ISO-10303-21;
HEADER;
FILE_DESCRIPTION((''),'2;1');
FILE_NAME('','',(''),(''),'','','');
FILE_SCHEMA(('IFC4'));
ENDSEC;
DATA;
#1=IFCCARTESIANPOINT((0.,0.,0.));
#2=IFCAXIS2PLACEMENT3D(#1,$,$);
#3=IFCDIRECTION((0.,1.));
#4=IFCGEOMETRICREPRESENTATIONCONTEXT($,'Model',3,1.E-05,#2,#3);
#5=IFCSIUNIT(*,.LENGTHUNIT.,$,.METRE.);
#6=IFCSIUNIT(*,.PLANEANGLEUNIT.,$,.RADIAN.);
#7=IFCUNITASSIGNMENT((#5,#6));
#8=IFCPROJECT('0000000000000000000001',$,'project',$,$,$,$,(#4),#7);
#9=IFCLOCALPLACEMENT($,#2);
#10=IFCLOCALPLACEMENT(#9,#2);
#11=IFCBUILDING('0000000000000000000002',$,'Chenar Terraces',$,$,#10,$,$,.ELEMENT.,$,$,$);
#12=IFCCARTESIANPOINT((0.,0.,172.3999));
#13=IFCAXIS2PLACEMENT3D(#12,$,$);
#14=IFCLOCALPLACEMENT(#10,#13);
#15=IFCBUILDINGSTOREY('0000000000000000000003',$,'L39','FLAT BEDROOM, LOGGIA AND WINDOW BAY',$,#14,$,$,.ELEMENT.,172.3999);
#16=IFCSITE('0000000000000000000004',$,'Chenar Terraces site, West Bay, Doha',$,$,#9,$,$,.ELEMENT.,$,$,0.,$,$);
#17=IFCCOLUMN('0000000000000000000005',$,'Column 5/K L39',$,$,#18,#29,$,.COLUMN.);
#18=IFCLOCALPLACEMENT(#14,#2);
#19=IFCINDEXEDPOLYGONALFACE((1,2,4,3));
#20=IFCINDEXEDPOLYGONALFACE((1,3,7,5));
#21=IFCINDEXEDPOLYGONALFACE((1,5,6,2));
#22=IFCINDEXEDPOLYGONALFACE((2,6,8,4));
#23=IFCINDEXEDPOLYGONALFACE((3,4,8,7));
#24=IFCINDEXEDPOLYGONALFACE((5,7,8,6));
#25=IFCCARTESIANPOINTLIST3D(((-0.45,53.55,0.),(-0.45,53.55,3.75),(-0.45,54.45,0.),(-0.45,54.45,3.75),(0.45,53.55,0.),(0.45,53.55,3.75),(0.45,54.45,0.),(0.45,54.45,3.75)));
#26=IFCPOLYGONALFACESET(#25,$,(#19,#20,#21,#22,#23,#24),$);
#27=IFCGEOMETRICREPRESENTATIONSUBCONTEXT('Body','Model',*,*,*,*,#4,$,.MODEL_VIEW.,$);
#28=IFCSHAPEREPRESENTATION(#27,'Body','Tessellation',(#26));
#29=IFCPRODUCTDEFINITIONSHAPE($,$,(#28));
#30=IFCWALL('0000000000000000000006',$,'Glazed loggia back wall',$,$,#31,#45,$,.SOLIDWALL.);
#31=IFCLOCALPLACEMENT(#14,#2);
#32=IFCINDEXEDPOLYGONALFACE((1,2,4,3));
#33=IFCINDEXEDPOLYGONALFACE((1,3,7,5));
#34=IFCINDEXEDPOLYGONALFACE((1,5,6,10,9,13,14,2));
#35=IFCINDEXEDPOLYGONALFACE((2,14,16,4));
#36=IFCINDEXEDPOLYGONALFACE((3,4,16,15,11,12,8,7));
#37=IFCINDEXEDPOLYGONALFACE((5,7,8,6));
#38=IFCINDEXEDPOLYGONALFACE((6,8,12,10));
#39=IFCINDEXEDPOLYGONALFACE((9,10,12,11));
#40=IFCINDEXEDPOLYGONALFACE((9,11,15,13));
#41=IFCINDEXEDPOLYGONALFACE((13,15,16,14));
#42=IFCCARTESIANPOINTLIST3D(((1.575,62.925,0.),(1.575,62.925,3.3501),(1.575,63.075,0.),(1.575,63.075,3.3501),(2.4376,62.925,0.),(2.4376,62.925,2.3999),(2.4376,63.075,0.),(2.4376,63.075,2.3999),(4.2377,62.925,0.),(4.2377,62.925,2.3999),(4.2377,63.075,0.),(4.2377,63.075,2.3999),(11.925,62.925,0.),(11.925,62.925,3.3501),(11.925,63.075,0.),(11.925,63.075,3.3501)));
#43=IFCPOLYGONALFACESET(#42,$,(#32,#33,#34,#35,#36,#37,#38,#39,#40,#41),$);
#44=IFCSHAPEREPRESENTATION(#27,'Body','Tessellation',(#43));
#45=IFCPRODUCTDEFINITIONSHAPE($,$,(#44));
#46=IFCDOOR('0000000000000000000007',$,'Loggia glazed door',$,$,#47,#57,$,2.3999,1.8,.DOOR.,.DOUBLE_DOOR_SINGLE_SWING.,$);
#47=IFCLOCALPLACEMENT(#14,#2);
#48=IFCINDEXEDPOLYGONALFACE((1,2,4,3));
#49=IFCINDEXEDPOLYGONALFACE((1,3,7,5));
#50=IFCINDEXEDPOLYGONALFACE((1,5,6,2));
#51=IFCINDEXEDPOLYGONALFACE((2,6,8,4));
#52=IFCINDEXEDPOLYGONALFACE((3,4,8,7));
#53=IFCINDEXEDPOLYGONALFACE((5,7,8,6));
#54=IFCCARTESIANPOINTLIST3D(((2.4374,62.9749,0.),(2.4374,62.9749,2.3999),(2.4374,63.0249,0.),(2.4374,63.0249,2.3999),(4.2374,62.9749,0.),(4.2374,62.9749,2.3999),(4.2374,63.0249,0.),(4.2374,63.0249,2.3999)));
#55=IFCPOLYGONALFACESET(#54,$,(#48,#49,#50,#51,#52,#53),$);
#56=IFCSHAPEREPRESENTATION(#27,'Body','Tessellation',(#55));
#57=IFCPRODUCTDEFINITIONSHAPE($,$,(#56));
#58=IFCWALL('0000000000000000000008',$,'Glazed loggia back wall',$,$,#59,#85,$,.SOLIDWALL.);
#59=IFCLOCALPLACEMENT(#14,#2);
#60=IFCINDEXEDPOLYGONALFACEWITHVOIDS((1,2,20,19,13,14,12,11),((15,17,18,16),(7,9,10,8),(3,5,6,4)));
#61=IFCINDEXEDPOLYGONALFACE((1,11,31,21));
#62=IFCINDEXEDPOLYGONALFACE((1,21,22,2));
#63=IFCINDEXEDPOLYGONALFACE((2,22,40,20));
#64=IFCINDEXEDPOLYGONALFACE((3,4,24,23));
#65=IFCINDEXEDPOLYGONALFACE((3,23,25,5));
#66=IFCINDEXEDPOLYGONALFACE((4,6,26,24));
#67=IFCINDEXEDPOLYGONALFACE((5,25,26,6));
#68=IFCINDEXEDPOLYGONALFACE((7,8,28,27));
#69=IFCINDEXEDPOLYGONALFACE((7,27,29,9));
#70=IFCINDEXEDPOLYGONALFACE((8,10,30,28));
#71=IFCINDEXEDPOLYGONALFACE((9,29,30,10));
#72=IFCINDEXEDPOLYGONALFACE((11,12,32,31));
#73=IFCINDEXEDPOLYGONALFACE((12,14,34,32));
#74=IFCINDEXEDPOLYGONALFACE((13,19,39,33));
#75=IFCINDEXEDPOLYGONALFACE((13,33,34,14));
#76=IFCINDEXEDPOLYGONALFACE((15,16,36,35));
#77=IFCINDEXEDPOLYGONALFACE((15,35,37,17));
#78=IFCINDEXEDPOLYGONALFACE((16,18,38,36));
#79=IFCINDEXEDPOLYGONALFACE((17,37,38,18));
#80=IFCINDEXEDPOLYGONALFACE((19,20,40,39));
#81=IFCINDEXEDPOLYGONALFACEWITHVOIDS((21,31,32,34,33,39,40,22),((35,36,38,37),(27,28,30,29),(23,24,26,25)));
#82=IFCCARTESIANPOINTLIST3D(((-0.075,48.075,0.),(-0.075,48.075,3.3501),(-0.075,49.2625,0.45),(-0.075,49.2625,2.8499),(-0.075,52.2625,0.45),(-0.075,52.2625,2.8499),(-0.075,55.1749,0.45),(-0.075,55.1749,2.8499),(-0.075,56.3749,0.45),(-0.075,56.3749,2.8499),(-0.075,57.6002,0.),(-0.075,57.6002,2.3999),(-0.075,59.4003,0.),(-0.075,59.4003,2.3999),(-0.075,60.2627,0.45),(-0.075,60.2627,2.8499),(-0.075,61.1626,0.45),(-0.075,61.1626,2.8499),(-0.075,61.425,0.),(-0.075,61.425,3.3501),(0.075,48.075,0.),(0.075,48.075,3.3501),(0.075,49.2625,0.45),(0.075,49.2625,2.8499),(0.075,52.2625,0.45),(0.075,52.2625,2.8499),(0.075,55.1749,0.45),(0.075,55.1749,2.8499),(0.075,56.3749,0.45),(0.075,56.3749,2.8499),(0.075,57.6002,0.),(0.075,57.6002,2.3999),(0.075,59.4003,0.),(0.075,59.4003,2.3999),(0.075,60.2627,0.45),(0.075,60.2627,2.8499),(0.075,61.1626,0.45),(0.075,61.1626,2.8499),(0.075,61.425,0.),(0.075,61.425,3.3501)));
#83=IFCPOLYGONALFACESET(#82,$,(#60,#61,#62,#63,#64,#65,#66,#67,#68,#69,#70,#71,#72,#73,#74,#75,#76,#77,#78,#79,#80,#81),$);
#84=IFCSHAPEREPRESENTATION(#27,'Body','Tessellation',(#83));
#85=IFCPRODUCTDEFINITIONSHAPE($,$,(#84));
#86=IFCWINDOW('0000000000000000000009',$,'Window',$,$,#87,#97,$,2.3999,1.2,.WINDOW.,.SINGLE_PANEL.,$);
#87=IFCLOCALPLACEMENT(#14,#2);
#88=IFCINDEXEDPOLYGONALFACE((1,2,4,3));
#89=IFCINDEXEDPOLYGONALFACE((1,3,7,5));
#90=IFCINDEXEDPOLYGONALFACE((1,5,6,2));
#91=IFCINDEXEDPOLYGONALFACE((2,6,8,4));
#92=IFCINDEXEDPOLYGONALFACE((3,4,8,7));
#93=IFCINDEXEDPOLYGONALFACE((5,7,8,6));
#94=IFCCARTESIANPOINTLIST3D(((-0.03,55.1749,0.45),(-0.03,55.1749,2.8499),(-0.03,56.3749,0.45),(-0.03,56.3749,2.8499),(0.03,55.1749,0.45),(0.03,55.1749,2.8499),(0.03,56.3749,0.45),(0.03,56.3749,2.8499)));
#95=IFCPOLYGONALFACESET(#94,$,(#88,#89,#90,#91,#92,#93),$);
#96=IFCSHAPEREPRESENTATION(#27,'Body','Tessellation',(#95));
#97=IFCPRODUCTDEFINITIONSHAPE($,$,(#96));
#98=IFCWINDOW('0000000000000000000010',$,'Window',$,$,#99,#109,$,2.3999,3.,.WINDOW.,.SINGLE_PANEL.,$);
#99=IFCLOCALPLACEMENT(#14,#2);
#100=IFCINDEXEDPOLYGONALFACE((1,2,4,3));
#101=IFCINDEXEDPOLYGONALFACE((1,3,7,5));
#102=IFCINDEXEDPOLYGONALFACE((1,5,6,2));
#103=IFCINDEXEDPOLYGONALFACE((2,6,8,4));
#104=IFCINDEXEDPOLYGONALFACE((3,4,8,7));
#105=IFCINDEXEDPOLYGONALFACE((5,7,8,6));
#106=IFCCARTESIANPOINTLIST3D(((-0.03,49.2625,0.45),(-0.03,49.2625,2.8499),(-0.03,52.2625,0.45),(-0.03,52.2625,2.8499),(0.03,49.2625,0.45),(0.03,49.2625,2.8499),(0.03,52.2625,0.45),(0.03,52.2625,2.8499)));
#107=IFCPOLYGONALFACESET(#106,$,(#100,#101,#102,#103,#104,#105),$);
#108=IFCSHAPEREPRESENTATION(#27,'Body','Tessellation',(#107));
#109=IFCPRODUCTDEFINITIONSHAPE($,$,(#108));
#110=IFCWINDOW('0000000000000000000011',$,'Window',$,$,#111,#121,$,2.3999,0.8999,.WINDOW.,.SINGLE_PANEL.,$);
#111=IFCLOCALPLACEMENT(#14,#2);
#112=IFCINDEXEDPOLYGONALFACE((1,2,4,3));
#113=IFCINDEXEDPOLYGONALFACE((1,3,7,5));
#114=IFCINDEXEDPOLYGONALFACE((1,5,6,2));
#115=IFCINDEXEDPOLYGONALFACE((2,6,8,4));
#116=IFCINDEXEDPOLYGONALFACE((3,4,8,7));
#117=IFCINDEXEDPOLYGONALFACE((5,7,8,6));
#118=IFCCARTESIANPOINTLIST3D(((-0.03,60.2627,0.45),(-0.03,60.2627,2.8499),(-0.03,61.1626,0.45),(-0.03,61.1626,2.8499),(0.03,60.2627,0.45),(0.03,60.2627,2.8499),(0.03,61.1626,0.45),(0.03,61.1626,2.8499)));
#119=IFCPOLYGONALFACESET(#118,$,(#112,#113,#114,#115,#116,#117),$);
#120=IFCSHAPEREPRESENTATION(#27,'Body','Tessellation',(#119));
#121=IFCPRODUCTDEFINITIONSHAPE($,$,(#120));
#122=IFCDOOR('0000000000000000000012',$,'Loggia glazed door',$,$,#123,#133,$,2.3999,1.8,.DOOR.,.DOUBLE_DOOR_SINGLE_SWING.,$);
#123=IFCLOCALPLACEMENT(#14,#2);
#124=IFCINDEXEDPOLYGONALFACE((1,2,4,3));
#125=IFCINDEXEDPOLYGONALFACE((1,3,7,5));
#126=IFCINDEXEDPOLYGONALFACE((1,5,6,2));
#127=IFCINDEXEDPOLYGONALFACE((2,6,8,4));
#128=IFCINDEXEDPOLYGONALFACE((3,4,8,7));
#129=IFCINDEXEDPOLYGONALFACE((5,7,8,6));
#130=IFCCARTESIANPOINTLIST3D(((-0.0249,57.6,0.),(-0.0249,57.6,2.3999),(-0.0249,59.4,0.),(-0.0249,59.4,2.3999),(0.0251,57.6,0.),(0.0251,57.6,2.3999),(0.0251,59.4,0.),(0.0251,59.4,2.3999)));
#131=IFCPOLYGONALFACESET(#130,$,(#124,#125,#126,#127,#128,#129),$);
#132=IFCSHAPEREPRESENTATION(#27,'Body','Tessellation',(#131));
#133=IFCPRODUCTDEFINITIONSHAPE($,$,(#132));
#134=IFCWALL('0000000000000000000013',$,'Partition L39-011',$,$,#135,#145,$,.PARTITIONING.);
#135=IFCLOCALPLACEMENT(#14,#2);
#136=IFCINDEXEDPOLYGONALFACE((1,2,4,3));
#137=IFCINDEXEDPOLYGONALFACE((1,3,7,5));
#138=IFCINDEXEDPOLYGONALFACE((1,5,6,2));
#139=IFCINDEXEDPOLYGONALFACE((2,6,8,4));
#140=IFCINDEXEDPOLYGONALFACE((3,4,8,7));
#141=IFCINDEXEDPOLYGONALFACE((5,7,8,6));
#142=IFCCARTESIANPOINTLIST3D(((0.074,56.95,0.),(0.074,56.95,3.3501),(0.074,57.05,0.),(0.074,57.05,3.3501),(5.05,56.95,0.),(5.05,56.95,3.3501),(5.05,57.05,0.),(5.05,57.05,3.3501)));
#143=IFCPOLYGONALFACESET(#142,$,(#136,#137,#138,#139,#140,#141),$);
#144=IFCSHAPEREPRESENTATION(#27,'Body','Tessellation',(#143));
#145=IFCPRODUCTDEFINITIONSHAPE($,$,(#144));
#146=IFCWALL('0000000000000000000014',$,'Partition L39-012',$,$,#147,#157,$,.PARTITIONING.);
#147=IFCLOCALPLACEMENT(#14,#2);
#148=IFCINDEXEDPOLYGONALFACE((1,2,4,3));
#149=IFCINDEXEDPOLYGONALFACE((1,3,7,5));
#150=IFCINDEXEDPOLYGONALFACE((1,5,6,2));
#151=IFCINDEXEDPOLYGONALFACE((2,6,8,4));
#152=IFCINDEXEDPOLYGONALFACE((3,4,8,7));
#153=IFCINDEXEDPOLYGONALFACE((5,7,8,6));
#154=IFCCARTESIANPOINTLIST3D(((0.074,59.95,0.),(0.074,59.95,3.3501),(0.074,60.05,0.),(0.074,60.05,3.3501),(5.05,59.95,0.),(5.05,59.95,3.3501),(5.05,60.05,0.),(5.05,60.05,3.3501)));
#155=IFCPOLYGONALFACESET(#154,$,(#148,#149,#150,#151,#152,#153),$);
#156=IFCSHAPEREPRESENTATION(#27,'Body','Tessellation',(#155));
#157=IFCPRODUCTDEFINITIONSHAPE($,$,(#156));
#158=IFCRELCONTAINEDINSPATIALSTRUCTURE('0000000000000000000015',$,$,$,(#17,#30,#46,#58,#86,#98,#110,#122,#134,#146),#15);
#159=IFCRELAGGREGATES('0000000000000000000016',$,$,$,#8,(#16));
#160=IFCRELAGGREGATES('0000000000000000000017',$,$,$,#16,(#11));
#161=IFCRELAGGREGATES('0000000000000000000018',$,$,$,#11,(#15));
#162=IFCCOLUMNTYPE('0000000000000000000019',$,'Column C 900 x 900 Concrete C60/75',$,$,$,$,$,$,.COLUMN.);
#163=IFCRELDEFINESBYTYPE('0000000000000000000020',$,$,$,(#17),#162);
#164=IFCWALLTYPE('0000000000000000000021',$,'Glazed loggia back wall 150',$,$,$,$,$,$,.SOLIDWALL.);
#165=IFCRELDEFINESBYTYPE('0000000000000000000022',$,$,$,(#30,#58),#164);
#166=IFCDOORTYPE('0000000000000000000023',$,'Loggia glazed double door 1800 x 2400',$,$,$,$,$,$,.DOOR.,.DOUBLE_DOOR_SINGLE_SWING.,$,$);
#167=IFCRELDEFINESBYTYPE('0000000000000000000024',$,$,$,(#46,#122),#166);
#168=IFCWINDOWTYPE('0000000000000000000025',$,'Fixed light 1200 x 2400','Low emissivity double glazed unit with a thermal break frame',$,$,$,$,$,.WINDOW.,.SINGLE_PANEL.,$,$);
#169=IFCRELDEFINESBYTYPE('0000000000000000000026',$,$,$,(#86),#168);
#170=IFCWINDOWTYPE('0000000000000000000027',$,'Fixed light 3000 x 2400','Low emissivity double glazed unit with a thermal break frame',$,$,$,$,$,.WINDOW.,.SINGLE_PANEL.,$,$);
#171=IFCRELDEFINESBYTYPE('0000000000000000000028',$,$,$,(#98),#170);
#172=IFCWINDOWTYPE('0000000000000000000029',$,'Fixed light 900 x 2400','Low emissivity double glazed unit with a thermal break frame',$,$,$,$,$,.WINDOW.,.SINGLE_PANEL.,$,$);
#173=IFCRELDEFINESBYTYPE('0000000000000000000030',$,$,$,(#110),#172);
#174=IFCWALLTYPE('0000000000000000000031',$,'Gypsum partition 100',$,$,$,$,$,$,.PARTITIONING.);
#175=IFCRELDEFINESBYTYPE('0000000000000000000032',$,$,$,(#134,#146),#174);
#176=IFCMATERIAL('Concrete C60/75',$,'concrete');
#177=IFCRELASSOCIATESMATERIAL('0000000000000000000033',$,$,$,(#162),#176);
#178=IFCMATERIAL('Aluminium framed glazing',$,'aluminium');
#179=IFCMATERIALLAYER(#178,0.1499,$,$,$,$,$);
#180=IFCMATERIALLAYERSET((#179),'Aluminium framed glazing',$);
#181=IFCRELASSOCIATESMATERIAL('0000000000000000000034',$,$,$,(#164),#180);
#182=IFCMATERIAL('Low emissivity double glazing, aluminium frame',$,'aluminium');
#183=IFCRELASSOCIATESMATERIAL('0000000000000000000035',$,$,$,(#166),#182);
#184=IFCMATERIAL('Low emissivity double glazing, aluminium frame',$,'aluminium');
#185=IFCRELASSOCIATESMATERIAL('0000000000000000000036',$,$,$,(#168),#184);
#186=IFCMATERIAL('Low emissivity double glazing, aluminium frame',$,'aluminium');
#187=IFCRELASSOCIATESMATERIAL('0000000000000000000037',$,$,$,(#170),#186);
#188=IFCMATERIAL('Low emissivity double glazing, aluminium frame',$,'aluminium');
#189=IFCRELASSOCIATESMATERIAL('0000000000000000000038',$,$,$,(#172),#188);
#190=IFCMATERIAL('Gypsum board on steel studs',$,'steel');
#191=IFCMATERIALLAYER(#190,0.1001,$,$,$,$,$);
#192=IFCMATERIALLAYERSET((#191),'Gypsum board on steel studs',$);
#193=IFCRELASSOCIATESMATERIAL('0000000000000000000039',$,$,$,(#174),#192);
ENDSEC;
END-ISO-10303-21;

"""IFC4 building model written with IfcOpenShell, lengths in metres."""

from ifc_helpers import new_model, si_unit, direction, frame, frame_2d, origin, origin_2d, place, context, subcontext, project, spatial, rectangle, extrude, material, layer, layer_set, material_profile, profile_set, type_object, element, fill, save


model = new_model("IFC4")

# Units and contexts
model_context = context("Model", 3, precision=1e-05, world=origin(), true_north=direction((0.0, 1.0)))
body_context = subcontext(model_context, "Body", "Model", "MODEL_VIEW")
ifc_project = project(units=[si_unit("LENGTHUNIT", "METRE"), si_unit("PLANEANGLEUNIT", "RADIAN")], contexts=[model_context])

# Site, building, storey
site_placement = place(None, origin())
site = spatial("IfcSite", under=ifc_project, at=site_placement, Name="Chenar Terraces site, West Bay, Doha", CompositionType="ELEMENT", RefElevation=0.0)
building_placement = place(site_placement, origin())
building = spatial("IfcBuilding", under=site, at=building_placement, Name="Chenar Terraces", CompositionType="ELEMENT")
storey_placement = place(building_placement, frame((0.0, 0.0, 172.3999)))
storey = spatial("IfcBuildingStorey", under=building, at=storey_placement, Name="L39", Description="FLAT BEDROOM, LOGGIA AND WINDOW BAY", CompositionType="ELEMENT", Elevation=172.3999)

# Column
ifc_material_1 = material(Name="Concrete C60/75", Category="concrete")
ifc_material_profile_1 = material_profile(ifc_material_1, rectangle(XDim=0.8999, YDim=0.8999, at=origin_2d()), Name="C 900 x 900")
ifc_profile_set_1 = profile_set([ifc_material_profile_1], Name="Concrete C60/75")
column_type = type_object("IfcColumnType", Name="Column C 900 x 900 Concrete C60/75", PredefinedType="COLUMN", material=ifc_profile_set_1)
column_placement = place(storey_placement, frame((0.0, 54.0, 0.0), z_axis=(0.0, 0.0, 1.0), x_axis=(1.0, 0.0, 0.0)))
element("IfcColumn", 1, at=column_placement, inside=storey, type_object=column_type, Name="Column 5/K L39", PredefinedType="COLUMN", context=body_context, shape_type="SweptSolid", body=[
    extrude(rectangle(XDim=0.8999, YDim=0.8999, at=origin_2d()), origin(), (0.0, 0.0, 1.0), 3.75),
])

# Wall, opening, door
ifc_material_2 = material(Name="Aluminium framed glazing", Category="aluminium")
ifc_layer_1 = layer(ifc_material_2, 0.1499)
ifc_layer_set_1 = layer_set([ifc_layer_1], Name="Aluminium framed glazing")
wall_type_1 = type_object("IfcWallType", Name="Glazed loggia back wall 150", PredefinedType="SOLIDWALL", material=ifc_layer_set_1)
wall_1_placement = place(storey_placement, frame((11.925, 63.0, 0.0), z_axis=(0.0, 0.0, 1.0), x_axis=(-1.0, 0.0, 0.0)))
wall_1 = element("IfcWall", 2, at=wall_1_placement, inside=storey, type_object=wall_type_1, Name="Glazed loggia back wall", PredefinedType="SOLIDWALL", context=body_context, shape_type="SweptSolid", body=[
    extrude(rectangle(XDim=10.3501, YDim=0.1499, at=frame_2d((5.175, 0.0))), origin(), (0.0, 0.0, 1.0), 3.3501),
])
opening_1_placement = place(wall_1_placement, frame((7.6875, 0.0, 0.0)))
opening_1 = element("IfcOpeningElement", 3, at=opening_1_placement, cuts=wall_1, PredefinedType="OPENING", context=body_context, shape_type="SweptSolid", body=[
    extrude(rectangle(XDim=1.8, YDim=2.3999, at=frame_2d((0.8999, 1.2))), frame((0.0, 0.085, 0.0), z_axis=(0.0, -1.0, 0.0), x_axis=(1.0, 0.0, 0.0)), (0.0, 0.0, 1.0), 0.1699),
])
ifc_material_3 = material(Name="Low emissivity double glazing, aluminium frame", Category="aluminium")
door_type_1 = type_object("IfcDoorType", Name="Loggia glazed double door 1800 x 2400", OperationType="DOUBLE_DOOR_SINGLE_SWING", PredefinedType="DOOR", material=ifc_material_3)
door_1_placement = place(opening_1_placement, frame((1.8, 0.0, 0.0), z_axis=(0.0, 0.0, 1.0), x_axis=(-1.0, 0.0, 0.0)))
door_1 = element("IfcDoor", 4, at=door_1_placement, inside=storey, type_object=door_type_1, Name="Loggia glazed door", OperationType="DOUBLE_DOOR_SINGLE_SWING", OverallHeight=2.3999, OverallWidth=1.8, PredefinedType="DOOR", context=body_context, shape_type="SweptSolid", body=[
    extrude(rectangle(XDim=1.8, YDim=2.3999, at=frame_2d((0.8999, 1.2))), frame((0.0, 0.0249, 0.0), z_axis=(0.0, -1.0, 0.0), x_axis=(1.0, 0.0, 0.0)), (0.0, 0.0, 1.0), 0.05),
])
fill(opening_1, door_1)

# Wall, openings, windows, door
wall_2_placement = place(storey_placement, frame((0.0, 61.425, 0.0), z_axis=(0.0, 0.0, 1.0), x_axis=(0.0, -1.0, 0.0)))
wall_2 = element("IfcWall", 5, at=wall_2_placement, inside=storey, type_object=wall_type_1, Name="Glazed loggia back wall", PredefinedType="SOLIDWALL", context=body_context, shape_type="SweptSolid", body=[
    extrude(rectangle(XDim=13.3501, YDim=0.1499, at=frame_2d((6.675, 0.0))), origin(), (0.0, 0.0, 1.0), 3.3501),
])
opening_2_placement = place(wall_2_placement, frame((0.2625, 0.0, 0.45)))
opening_2 = element("IfcOpeningElement", 6, at=opening_2_placement, cuts=wall_2, PredefinedType="OPENING", context=body_context, shape_type="SweptSolid", body=[
    extrude(rectangle(XDim=0.8999, YDim=2.3999, at=frame_2d((0.45, 1.2))), frame((0.0, 0.085, 0.0), z_axis=(0.0, -1.0, 0.0), x_axis=(1.0, 0.0, 0.0)), (0.0, 0.0, 1.0), 0.1699),
])
opening_3_placement = place(wall_2_placement, frame((2.0249, 0.0, 0.0)))
opening_3 = element("IfcOpeningElement", 7, at=opening_3_placement, cuts=wall_2, PredefinedType="OPENING", context=body_context, shape_type="SweptSolid", body=[
    extrude(rectangle(XDim=1.8, YDim=2.3999, at=frame_2d((0.8999, 1.2))), frame((0.0, 0.085, 0.0), z_axis=(0.0, -1.0, 0.0), x_axis=(1.0, 0.0, 0.0)), (0.0, 0.0, 1.0), 0.1699),
])
opening_4_placement = place(wall_2_placement, frame((5.05, 0.0, 0.45)))
opening_4 = element("IfcOpeningElement", 8, at=opening_4_placement, cuts=wall_2, PredefinedType="OPENING", context=body_context, shape_type="SweptSolid", body=[
    extrude(rectangle(XDim=1.2, YDim=2.3999, at=frame_2d((0.6001, 1.2))), frame((0.0, 0.085, 0.0), z_axis=(0.0, -1.0, 0.0), x_axis=(1.0, 0.0, 0.0)), (0.0, 0.0, 1.0), 0.1699),
])
opening_5_placement = place(wall_2_placement, frame((9.1626, 0.0, 0.45)))
opening_5 = element("IfcOpeningElement", 9, at=opening_5_placement, cuts=wall_2, PredefinedType="OPENING", context=body_context, shape_type="SweptSolid", body=[
    extrude(rectangle(XDim=3.0, YDim=2.3999, at=frame_2d((1.5, 1.2))), frame((0.0, 0.085, 0.0), z_axis=(0.0, -1.0, 0.0), x_axis=(1.0, 0.0, 0.0)), (0.0, 0.0, 1.0), 0.1699),
])
ifc_material_4 = material(Name="Low emissivity double glazing, aluminium frame", Category="aluminium")
window_type_1 = type_object("IfcWindowType", Name="Fixed light 1200 x 2400", Description="Low emissivity double glazed unit with a thermal break frame", PartitioningType="SINGLE_PANEL", PredefinedType="WINDOW", material=ifc_material_4)
window_1_placement = place(opening_4_placement, origin())
window_1 = element("IfcWindow", 10, at=window_1_placement, inside=storey, type_object=window_type_1, Name="Window", OverallHeight=2.3999, OverallWidth=1.2, PartitioningType="SINGLE_PANEL", PredefinedType="WINDOW", context=body_context, shape_type="SweptSolid", body=[
    extrude(rectangle(XDim=1.2, YDim=2.3999, at=frame_2d((0.6001, 1.2))), frame((0.0, 0.03, 0.0), z_axis=(0.0, -1.0, 0.0), x_axis=(1.0, 0.0, 0.0)), (0.0, 0.0, 1.0), 0.0601),
])
fill(opening_4, window_1)
ifc_material_5 = material(Name="Low emissivity double glazing, aluminium frame", Category="aluminium")
window_type_2 = type_object("IfcWindowType", Name="Fixed light 3000 x 2400", Description="Low emissivity double glazed unit with a thermal break frame", PartitioningType="SINGLE_PANEL", PredefinedType="WINDOW", material=ifc_material_5)
window_2_placement = place(opening_5_placement, origin())
window_2 = element("IfcWindow", 11, at=window_2_placement, inside=storey, type_object=window_type_2, Name="Window", OverallHeight=2.3999, OverallWidth=3.0, PartitioningType="SINGLE_PANEL", PredefinedType="WINDOW", context=body_context, shape_type="SweptSolid", body=[
    extrude(rectangle(XDim=3.0, YDim=2.3999, at=frame_2d((1.5, 1.2))), frame((0.0, 0.03, 0.0), z_axis=(0.0, -1.0, 0.0), x_axis=(1.0, 0.0, 0.0)), (0.0, 0.0, 1.0), 0.0601),
])
fill(opening_5, window_2)
ifc_material_6 = material(Name="Low emissivity double glazing, aluminium frame", Category="aluminium")
window_type_3 = type_object("IfcWindowType", Name="Fixed light 900 x 2400", Description="Low emissivity double glazed unit with a thermal break frame", PartitioningType="SINGLE_PANEL", PredefinedType="WINDOW", material=ifc_material_6)
window_3_placement = place(opening_2_placement, origin())
window_3 = element("IfcWindow", 12, at=window_3_placement, inside=storey, type_object=window_type_3, Name="Window", OverallHeight=2.3999, OverallWidth=0.8999, PartitioningType="SINGLE_PANEL", PredefinedType="WINDOW", context=body_context, shape_type="SweptSolid", body=[
    extrude(rectangle(XDim=0.8999, YDim=2.3999, at=frame_2d((0.45, 1.2))), frame((0.0, 0.03, 0.0), z_axis=(0.0, -1.0, 0.0), x_axis=(1.0, 0.0, 0.0)), (0.0, 0.0, 1.0), 0.0601),
])
fill(opening_2, window_3)
door_2_placement = place(opening_3_placement, frame((1.8, 0.0, 0.0), z_axis=(0.0, 0.0, 1.0), x_axis=(-1.0, 0.0, 0.0)))
door_2 = element("IfcDoor", 13, at=door_2_placement, inside=storey, type_object=door_type_1, Name="Loggia glazed door", OperationType="DOUBLE_DOOR_SINGLE_SWING", OverallHeight=2.3999, OverallWidth=1.8, PredefinedType="DOOR", context=body_context, shape_type="SweptSolid", body=[
    extrude(rectangle(XDim=1.8, YDim=2.3999, at=frame_2d((0.8999, 1.2))), frame((0.0, 0.0249, 0.0), z_axis=(0.0, -1.0, 0.0), x_axis=(1.0, 0.0, 0.0)), (0.0, 0.0, 1.0), 0.05),
])
fill(opening_3, door_2)

# Walls
ifc_material_7 = material(Name="Gypsum board on steel studs", Category="steel")
ifc_layer_2 = layer(ifc_material_7, 0.1001)
ifc_layer_set_2 = layer_set([ifc_layer_2], Name="Gypsum board on steel studs")
wall_type_2 = type_object("IfcWallType", Name="Gypsum partition 100", PredefinedType="PARTITIONING", material=ifc_layer_set_2)
for number, where, z_axis, x_axis, name in (
    (14, (0.074, 57.0, 0.0), (0.0, 0.0, 1.0), (1.0, 0.0, 0.0), "Partition L39-011"),
    (15, (0.074, 60.0, 0.0), (0.0, 0.0, 1.0), (1.0, 0.0, 0.0), "Partition L39-012"),
):
    element("IfcWall", number, at=place(storey_placement, frame(where, z_axis=z_axis, x_axis=x_axis)), inside=storey, type_object=wall_type_2, Name=name, PredefinedType="PARTITIONING", context=body_context, shape_type="SweptSolid", body=[
        extrude(rectangle(XDim=4.9761, YDim=0.1001, at=frame_2d((2.488, 0.0))), origin(), (0.0, 0.0, 1.0), 3.3501),
    ])

save(model, "model.ifc")
